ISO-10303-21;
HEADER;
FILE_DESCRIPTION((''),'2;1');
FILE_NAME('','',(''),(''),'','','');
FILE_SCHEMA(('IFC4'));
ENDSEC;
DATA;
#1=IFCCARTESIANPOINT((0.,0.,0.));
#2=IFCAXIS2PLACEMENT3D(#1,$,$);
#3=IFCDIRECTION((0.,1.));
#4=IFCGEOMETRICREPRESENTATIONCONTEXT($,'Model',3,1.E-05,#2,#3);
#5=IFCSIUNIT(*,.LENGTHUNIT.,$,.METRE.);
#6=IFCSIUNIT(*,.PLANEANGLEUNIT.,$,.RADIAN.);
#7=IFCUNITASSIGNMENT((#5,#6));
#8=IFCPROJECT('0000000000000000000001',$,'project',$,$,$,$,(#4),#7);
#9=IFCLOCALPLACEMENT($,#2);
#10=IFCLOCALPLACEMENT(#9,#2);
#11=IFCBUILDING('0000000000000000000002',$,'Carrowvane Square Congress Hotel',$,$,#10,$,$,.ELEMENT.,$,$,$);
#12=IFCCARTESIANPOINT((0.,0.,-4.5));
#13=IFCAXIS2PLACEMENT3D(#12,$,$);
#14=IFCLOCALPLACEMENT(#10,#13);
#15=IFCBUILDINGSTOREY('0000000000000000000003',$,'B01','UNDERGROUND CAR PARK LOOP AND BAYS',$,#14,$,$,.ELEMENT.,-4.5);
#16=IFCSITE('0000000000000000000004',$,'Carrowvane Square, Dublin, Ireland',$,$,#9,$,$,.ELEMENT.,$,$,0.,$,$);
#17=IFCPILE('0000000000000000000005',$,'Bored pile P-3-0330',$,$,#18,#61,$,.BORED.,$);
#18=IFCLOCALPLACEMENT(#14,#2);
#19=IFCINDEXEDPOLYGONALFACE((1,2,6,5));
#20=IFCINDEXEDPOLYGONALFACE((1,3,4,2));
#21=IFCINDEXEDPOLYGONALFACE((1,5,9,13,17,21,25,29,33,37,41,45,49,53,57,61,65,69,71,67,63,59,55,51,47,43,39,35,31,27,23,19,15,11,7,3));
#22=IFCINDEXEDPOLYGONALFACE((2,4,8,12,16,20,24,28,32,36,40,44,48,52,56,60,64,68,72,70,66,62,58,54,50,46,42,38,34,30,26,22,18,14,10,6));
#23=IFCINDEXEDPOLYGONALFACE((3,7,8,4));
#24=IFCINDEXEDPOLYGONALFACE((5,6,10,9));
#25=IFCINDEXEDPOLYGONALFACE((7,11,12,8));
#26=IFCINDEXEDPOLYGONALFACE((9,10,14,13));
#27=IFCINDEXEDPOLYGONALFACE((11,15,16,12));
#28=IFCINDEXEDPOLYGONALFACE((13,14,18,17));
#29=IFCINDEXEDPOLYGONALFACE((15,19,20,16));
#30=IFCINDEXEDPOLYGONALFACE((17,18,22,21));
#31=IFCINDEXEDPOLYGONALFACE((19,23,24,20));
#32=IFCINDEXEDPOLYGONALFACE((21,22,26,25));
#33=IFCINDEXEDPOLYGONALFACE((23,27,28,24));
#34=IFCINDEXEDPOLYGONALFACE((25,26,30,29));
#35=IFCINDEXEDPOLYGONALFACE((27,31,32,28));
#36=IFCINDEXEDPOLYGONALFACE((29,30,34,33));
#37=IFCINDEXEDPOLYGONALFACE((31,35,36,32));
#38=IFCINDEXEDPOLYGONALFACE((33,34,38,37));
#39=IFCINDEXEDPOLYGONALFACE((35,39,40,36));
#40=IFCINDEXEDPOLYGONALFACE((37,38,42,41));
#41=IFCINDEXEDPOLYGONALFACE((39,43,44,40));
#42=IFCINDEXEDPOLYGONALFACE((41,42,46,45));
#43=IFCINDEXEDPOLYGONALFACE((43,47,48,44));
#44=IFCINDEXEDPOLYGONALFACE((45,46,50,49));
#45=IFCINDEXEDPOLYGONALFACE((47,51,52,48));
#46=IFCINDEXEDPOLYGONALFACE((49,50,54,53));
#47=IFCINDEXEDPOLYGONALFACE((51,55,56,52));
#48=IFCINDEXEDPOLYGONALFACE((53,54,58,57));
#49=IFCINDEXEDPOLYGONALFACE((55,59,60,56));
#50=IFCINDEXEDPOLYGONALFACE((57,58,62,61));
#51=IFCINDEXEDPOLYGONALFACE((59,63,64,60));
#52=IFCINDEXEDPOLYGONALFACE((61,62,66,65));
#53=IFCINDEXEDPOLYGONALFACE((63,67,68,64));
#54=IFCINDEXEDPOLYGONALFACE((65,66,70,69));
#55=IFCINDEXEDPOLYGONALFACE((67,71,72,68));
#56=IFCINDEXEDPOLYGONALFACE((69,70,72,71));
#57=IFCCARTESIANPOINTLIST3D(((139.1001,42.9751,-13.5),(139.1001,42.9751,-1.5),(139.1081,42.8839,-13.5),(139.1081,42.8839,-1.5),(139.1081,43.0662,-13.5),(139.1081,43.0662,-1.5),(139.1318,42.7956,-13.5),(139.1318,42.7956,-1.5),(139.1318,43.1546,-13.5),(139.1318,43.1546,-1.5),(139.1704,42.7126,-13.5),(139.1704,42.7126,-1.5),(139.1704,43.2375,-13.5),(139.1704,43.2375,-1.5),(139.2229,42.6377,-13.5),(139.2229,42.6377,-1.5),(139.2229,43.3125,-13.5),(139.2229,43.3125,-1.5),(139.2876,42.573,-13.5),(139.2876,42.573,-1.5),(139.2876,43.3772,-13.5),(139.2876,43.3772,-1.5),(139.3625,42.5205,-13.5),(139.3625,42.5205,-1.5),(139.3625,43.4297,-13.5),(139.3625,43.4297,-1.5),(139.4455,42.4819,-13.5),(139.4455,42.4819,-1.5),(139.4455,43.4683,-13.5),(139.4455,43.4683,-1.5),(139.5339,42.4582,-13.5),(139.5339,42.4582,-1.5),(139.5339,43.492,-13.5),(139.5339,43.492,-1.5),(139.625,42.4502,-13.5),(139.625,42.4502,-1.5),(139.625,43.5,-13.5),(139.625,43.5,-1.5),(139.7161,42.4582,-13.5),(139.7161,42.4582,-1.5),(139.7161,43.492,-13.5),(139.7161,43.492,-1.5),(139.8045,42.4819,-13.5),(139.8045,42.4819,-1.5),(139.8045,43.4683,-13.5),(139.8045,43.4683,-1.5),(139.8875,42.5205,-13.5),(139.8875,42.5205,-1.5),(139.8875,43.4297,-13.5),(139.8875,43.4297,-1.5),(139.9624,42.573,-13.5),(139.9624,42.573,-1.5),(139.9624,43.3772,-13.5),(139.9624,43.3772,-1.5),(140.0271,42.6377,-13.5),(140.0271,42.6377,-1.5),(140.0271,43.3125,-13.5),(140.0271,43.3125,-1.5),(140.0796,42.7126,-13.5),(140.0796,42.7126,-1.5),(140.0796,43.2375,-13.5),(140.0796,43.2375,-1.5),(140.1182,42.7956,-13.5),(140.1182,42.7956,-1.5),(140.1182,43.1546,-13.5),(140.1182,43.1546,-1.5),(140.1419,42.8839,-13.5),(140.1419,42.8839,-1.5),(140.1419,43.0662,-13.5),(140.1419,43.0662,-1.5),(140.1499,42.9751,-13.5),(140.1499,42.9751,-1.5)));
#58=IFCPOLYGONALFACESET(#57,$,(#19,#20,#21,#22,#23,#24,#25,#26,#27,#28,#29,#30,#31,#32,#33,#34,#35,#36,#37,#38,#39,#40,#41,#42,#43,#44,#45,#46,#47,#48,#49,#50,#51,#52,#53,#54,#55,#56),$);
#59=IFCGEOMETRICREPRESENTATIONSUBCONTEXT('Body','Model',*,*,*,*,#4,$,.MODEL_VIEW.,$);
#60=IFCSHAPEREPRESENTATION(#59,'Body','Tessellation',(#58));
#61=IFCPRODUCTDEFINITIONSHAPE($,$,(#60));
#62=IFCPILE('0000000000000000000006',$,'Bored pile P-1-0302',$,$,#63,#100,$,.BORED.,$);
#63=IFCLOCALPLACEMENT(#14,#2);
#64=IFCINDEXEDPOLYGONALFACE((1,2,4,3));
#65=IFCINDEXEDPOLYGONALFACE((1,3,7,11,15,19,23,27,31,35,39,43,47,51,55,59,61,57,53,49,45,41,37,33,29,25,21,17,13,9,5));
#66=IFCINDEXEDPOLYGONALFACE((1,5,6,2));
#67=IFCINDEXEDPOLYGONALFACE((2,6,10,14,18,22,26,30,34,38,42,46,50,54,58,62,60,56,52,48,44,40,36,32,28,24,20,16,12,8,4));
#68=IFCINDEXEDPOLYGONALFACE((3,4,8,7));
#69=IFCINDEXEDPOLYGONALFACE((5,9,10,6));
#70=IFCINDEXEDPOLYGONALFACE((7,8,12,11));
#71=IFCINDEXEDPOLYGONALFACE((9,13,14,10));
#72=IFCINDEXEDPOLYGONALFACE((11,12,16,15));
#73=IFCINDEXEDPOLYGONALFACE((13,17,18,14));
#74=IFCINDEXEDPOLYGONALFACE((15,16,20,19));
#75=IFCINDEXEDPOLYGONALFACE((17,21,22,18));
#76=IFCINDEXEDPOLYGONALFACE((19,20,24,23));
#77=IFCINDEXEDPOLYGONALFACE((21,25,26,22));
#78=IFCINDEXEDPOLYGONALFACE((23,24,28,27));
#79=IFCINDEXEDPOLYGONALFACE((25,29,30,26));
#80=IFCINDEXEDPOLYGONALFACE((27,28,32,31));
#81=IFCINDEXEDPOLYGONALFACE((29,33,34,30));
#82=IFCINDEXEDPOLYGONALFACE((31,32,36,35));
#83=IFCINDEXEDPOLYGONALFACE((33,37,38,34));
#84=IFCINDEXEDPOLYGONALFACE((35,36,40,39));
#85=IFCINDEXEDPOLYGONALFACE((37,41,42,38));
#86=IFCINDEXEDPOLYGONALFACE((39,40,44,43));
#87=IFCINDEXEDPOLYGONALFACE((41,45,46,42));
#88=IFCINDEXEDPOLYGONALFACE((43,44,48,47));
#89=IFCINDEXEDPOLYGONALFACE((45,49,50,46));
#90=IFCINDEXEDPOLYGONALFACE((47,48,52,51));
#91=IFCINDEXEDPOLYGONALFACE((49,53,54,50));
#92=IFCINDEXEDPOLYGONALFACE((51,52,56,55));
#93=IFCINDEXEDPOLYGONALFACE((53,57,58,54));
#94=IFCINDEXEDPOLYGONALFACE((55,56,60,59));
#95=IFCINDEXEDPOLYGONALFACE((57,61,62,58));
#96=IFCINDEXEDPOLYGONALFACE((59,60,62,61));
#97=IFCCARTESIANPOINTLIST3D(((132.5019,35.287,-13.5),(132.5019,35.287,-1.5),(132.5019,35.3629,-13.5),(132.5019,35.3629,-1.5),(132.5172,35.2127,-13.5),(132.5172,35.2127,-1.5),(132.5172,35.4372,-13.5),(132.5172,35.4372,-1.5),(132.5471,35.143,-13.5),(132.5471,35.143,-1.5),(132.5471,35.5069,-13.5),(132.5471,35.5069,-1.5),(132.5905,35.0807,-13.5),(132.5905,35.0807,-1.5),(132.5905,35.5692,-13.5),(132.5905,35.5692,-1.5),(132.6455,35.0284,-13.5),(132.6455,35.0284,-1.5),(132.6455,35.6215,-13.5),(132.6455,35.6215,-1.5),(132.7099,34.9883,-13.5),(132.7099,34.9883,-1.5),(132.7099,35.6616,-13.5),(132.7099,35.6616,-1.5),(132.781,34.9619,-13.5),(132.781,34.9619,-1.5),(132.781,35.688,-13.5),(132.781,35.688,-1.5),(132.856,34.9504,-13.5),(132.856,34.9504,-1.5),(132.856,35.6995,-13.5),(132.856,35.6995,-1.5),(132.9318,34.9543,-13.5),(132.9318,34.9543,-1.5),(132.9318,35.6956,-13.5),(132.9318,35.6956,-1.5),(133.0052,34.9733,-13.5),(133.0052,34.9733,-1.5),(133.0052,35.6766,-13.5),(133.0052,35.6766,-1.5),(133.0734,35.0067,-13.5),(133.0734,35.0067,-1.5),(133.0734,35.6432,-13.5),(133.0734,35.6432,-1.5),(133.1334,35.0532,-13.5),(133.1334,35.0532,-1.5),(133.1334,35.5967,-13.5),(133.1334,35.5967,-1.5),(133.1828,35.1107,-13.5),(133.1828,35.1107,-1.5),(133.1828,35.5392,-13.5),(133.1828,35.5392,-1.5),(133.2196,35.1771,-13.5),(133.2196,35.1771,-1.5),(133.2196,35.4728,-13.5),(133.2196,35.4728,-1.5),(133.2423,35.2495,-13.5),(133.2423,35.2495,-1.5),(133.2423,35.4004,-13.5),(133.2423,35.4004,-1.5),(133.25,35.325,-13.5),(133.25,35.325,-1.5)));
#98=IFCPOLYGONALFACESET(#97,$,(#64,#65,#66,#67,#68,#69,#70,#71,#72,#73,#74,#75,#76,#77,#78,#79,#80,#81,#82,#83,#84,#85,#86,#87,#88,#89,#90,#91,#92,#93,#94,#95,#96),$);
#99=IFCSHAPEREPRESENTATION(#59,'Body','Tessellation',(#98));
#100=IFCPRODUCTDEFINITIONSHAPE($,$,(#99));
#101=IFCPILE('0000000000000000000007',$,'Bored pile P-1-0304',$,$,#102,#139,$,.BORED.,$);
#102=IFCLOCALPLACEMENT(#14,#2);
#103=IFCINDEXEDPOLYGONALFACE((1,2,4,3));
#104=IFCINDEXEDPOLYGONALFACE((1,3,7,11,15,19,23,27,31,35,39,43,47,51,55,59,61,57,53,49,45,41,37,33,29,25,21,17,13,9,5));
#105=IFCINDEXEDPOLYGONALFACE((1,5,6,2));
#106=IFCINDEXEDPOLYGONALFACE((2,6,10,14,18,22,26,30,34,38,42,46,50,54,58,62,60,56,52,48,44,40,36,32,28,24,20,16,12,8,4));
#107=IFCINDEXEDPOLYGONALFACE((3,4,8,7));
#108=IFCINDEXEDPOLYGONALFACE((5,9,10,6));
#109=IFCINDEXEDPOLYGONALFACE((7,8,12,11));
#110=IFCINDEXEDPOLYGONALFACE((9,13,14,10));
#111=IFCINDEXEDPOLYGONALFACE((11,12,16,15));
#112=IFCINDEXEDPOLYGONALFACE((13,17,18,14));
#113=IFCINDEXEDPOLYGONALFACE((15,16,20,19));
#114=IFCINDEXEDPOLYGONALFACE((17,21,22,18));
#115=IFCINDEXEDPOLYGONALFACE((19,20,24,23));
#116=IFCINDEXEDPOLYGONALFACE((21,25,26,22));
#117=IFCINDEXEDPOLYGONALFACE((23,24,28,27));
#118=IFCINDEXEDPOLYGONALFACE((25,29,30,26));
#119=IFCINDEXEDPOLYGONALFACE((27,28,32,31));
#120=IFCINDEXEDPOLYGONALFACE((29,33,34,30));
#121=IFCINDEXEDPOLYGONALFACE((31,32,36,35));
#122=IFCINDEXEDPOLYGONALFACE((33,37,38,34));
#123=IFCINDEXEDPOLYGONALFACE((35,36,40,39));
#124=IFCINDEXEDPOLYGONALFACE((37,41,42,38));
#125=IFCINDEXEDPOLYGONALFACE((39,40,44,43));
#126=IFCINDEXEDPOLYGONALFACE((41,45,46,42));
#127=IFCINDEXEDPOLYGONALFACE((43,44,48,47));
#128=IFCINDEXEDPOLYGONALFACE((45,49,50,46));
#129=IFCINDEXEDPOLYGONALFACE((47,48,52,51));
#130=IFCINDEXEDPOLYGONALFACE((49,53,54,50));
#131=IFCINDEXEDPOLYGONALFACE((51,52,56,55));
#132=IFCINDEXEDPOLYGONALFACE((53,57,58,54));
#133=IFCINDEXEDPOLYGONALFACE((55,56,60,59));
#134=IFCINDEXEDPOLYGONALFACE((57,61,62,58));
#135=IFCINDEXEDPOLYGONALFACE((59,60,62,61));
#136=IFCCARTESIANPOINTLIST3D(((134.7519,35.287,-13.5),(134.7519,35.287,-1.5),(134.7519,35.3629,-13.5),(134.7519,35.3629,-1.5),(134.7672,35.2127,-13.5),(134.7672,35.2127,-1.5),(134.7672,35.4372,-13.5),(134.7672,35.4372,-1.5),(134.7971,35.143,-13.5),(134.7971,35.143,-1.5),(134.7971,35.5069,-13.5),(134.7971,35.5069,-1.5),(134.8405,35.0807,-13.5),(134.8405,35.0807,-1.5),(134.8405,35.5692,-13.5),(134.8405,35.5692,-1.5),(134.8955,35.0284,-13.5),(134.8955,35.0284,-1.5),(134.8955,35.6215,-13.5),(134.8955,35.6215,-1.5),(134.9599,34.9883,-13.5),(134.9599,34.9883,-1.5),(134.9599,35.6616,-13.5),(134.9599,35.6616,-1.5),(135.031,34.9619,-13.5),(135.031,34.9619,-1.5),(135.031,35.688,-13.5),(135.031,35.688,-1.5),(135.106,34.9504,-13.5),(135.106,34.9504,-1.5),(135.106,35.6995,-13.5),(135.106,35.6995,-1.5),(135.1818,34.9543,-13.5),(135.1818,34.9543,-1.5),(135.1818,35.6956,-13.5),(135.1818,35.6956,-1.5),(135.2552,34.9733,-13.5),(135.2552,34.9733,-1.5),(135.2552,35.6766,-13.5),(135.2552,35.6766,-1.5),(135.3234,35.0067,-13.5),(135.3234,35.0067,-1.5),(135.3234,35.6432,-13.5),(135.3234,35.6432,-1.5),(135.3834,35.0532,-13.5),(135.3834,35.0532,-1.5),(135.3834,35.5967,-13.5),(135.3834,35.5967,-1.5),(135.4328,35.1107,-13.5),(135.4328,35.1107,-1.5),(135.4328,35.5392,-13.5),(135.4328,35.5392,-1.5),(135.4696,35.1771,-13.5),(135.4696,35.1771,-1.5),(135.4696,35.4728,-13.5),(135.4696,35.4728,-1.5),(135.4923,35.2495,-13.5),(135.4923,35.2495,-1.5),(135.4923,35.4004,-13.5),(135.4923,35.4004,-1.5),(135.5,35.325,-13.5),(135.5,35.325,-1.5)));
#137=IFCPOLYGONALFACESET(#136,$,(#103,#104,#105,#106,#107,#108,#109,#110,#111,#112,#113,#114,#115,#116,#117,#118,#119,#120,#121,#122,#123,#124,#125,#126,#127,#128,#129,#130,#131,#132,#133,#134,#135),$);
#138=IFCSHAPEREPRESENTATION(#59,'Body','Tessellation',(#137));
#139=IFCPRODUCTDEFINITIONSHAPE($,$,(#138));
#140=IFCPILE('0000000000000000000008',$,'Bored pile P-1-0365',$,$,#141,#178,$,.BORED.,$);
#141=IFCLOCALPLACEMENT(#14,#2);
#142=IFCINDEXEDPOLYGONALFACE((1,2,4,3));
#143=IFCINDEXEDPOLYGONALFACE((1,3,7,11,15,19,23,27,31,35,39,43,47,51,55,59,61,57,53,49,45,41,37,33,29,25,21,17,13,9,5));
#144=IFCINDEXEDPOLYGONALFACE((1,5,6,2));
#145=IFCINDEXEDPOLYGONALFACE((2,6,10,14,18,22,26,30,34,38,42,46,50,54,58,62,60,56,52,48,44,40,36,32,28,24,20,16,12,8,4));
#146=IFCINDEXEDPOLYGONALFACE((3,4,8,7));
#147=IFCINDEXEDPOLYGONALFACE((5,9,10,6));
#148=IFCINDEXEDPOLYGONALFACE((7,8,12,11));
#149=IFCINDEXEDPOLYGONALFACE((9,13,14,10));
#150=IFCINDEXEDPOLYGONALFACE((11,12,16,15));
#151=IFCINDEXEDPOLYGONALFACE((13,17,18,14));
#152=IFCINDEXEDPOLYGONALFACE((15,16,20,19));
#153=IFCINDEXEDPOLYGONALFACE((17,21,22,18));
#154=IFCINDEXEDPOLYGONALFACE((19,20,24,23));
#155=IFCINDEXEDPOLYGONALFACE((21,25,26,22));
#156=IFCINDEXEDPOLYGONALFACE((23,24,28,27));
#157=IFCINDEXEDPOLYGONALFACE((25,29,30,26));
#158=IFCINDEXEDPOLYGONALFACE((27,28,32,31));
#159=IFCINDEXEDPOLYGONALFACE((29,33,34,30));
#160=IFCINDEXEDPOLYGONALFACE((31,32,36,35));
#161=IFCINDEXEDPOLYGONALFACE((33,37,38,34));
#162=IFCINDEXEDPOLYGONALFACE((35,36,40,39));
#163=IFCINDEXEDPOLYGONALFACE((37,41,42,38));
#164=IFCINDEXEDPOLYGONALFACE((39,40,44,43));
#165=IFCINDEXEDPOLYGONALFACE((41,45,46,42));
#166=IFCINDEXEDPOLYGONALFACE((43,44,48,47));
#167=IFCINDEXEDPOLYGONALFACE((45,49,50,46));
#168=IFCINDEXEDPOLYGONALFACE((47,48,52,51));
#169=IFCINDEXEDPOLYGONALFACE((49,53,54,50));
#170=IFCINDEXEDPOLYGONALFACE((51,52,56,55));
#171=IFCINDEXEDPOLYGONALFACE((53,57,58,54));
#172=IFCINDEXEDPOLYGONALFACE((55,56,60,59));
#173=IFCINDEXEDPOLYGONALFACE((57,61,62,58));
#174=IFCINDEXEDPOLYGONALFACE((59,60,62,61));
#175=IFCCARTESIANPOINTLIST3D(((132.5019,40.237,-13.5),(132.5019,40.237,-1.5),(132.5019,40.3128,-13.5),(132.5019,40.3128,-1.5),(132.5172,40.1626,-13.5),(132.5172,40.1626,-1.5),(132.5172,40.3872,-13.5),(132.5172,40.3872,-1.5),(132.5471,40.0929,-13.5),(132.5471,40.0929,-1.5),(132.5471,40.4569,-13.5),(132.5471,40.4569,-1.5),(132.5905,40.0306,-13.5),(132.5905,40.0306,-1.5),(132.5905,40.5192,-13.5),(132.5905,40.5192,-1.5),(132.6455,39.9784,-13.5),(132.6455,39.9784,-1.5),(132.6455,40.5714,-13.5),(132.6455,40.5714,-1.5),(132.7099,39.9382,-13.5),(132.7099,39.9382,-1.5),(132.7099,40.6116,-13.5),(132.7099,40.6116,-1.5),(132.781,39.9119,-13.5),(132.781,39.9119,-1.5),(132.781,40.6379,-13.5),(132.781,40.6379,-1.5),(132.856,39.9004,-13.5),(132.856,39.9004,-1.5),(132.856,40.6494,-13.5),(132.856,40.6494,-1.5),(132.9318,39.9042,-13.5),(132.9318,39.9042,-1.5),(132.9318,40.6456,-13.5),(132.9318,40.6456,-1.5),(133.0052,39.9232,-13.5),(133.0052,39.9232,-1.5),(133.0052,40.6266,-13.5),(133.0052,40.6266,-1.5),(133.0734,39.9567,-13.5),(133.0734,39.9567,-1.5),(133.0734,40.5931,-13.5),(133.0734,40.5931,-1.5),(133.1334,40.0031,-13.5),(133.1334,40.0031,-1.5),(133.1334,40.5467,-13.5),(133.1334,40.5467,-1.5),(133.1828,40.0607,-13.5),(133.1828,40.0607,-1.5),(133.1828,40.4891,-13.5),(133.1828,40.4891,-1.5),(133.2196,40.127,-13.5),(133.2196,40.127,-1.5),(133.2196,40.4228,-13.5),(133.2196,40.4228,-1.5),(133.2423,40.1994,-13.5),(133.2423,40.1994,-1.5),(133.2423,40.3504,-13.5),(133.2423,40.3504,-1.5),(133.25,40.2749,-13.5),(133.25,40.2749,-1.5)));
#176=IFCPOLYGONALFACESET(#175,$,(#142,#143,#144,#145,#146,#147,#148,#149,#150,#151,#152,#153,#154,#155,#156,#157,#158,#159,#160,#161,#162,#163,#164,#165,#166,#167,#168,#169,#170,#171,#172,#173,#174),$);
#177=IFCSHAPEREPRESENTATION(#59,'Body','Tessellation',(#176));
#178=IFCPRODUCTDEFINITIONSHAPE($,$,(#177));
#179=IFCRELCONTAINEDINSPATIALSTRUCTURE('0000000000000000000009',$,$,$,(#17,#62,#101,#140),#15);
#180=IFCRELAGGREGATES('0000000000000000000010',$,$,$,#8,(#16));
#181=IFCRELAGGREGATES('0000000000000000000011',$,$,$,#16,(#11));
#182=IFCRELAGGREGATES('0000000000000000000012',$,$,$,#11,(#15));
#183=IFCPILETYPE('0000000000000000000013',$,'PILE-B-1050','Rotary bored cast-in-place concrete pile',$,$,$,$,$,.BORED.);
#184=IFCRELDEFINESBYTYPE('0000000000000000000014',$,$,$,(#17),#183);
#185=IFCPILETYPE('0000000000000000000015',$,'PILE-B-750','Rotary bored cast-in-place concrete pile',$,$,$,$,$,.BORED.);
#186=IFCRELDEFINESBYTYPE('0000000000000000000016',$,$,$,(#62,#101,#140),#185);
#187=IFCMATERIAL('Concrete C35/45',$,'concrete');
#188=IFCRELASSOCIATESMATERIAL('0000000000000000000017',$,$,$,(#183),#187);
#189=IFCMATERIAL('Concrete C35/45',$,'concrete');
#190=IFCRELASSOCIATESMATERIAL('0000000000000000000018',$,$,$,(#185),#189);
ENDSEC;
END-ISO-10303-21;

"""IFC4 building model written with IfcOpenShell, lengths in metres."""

from ifc_helpers import new_model, si_unit, direction, frame, origin, origin_2d, place, context, subcontext, project, spatial, circle, extrude, material, material_profile, profile_set, type_object, element, save


model = new_model("IFC4")

# Units and contexts
model_context = context("Model", 3, precision=1e-05, world=origin(), true_north=direction((0.0, 1.0)))
body_context = subcontext(model_context, "Body", "Model", "MODEL_VIEW")
ifc_project = project(units=[si_unit("LENGTHUNIT", "METRE"), si_unit("PLANEANGLEUNIT", "RADIAN")], contexts=[model_context])

# Site, building, storey
site_placement = place(None, origin())
site = spatial("IfcSite", under=ifc_project, at=site_placement, Name="Carrowvane Square, Dublin, Ireland", CompositionType="ELEMENT", RefElevation=0.0)
building_placement = place(site_placement, origin())
building = spatial("IfcBuilding", under=site, at=building_placement, Name="Carrowvane Square Congress Hotel", CompositionType="ELEMENT")
storey_placement = place(building_placement, frame((0.0, 0.0, -4.5)))
storey = spatial("IfcBuildingStorey", under=building, at=storey_placement, Name="B01", Description="UNDERGROUND CAR PARK LOOP AND BAYS", CompositionType="ELEMENT", Elevation=-4.5)

# Piles
ifc_material_1 = material(Name="Concrete C35/45", Category="concrete")
ifc_material_profile_1 = material_profile(ifc_material_1, circle(Radius=0.5249, at=origin_2d()), Name="PILE D1050")
ifc_profile_set_1 = profile_set([ifc_material_profile_1], Name="Concrete C35/45")
pile_type_1 = type_object("IfcPileType", Name="PILE-B-1050", Description="Rotary bored cast-in-place concrete pile", PredefinedType="BORED", material=ifc_profile_set_1)
for number, where, z_axis, x_axis, name in (
    (1, (139.625, 42.9751, -1.5), (0.0, 0.0, -1.0), (1.0, 0.0, 0.0), "Bored pile P-3-0330"),
):
    element("IfcPile", number, at=place(storey_placement, frame(where, z_axis=z_axis, x_axis=x_axis)), inside=storey, type_object=pile_type_1, Name=name, PredefinedType="BORED", context=body_context, shape_type="SweptSolid", body=[
        extrude(circle(Radius=0.5249, at=origin_2d()), origin(), (0.0, 0.0, 1.0), 12.0),
    ])
ifc_material_2 = material(Name="Concrete C35/45", Category="concrete")
ifc_material_profile_2 = material_profile(ifc_material_2, circle(Radius=0.375, at=origin_2d()), Name="PILE D750")
ifc_profile_set_2 = profile_set([ifc_material_profile_2], Name="Concrete C35/45")
pile_type_2 = type_object("IfcPileType", Name="PILE-B-750", Description="Rotary bored cast-in-place concrete pile", PredefinedType="BORED", material=ifc_profile_set_2)
for number, where, z_axis, x_axis, name in (
    (2, (132.875, 35.325, -1.5), (0.0, 0.0, -1.0), (1.0, 0.0, 0.0), "Bored pile P-1-0302"),
    (3, (135.125, 35.325, -1.5), (0.0, 0.0, -1.0), (1.0, 0.0, 0.0), "Bored pile P-1-0304"),
    (4, (132.875, 40.2749, -1.5), (0.0, 0.0, -1.0), (1.0, 0.0, 0.0), "Bored pile P-1-0365"),
):
    element("IfcPile", number, at=place(storey_placement, frame(where, z_axis=z_axis, x_axis=x_axis)), inside=storey, type_object=pile_type_2, Name=name, PredefinedType="BORED", context=body_context, shape_type="SweptSolid", body=[
        extrude(circle(Radius=0.375, at=origin_2d()), origin(), (0.0, 0.0, 1.0), 12.0),
    ])

save(model, "model.ifc")
